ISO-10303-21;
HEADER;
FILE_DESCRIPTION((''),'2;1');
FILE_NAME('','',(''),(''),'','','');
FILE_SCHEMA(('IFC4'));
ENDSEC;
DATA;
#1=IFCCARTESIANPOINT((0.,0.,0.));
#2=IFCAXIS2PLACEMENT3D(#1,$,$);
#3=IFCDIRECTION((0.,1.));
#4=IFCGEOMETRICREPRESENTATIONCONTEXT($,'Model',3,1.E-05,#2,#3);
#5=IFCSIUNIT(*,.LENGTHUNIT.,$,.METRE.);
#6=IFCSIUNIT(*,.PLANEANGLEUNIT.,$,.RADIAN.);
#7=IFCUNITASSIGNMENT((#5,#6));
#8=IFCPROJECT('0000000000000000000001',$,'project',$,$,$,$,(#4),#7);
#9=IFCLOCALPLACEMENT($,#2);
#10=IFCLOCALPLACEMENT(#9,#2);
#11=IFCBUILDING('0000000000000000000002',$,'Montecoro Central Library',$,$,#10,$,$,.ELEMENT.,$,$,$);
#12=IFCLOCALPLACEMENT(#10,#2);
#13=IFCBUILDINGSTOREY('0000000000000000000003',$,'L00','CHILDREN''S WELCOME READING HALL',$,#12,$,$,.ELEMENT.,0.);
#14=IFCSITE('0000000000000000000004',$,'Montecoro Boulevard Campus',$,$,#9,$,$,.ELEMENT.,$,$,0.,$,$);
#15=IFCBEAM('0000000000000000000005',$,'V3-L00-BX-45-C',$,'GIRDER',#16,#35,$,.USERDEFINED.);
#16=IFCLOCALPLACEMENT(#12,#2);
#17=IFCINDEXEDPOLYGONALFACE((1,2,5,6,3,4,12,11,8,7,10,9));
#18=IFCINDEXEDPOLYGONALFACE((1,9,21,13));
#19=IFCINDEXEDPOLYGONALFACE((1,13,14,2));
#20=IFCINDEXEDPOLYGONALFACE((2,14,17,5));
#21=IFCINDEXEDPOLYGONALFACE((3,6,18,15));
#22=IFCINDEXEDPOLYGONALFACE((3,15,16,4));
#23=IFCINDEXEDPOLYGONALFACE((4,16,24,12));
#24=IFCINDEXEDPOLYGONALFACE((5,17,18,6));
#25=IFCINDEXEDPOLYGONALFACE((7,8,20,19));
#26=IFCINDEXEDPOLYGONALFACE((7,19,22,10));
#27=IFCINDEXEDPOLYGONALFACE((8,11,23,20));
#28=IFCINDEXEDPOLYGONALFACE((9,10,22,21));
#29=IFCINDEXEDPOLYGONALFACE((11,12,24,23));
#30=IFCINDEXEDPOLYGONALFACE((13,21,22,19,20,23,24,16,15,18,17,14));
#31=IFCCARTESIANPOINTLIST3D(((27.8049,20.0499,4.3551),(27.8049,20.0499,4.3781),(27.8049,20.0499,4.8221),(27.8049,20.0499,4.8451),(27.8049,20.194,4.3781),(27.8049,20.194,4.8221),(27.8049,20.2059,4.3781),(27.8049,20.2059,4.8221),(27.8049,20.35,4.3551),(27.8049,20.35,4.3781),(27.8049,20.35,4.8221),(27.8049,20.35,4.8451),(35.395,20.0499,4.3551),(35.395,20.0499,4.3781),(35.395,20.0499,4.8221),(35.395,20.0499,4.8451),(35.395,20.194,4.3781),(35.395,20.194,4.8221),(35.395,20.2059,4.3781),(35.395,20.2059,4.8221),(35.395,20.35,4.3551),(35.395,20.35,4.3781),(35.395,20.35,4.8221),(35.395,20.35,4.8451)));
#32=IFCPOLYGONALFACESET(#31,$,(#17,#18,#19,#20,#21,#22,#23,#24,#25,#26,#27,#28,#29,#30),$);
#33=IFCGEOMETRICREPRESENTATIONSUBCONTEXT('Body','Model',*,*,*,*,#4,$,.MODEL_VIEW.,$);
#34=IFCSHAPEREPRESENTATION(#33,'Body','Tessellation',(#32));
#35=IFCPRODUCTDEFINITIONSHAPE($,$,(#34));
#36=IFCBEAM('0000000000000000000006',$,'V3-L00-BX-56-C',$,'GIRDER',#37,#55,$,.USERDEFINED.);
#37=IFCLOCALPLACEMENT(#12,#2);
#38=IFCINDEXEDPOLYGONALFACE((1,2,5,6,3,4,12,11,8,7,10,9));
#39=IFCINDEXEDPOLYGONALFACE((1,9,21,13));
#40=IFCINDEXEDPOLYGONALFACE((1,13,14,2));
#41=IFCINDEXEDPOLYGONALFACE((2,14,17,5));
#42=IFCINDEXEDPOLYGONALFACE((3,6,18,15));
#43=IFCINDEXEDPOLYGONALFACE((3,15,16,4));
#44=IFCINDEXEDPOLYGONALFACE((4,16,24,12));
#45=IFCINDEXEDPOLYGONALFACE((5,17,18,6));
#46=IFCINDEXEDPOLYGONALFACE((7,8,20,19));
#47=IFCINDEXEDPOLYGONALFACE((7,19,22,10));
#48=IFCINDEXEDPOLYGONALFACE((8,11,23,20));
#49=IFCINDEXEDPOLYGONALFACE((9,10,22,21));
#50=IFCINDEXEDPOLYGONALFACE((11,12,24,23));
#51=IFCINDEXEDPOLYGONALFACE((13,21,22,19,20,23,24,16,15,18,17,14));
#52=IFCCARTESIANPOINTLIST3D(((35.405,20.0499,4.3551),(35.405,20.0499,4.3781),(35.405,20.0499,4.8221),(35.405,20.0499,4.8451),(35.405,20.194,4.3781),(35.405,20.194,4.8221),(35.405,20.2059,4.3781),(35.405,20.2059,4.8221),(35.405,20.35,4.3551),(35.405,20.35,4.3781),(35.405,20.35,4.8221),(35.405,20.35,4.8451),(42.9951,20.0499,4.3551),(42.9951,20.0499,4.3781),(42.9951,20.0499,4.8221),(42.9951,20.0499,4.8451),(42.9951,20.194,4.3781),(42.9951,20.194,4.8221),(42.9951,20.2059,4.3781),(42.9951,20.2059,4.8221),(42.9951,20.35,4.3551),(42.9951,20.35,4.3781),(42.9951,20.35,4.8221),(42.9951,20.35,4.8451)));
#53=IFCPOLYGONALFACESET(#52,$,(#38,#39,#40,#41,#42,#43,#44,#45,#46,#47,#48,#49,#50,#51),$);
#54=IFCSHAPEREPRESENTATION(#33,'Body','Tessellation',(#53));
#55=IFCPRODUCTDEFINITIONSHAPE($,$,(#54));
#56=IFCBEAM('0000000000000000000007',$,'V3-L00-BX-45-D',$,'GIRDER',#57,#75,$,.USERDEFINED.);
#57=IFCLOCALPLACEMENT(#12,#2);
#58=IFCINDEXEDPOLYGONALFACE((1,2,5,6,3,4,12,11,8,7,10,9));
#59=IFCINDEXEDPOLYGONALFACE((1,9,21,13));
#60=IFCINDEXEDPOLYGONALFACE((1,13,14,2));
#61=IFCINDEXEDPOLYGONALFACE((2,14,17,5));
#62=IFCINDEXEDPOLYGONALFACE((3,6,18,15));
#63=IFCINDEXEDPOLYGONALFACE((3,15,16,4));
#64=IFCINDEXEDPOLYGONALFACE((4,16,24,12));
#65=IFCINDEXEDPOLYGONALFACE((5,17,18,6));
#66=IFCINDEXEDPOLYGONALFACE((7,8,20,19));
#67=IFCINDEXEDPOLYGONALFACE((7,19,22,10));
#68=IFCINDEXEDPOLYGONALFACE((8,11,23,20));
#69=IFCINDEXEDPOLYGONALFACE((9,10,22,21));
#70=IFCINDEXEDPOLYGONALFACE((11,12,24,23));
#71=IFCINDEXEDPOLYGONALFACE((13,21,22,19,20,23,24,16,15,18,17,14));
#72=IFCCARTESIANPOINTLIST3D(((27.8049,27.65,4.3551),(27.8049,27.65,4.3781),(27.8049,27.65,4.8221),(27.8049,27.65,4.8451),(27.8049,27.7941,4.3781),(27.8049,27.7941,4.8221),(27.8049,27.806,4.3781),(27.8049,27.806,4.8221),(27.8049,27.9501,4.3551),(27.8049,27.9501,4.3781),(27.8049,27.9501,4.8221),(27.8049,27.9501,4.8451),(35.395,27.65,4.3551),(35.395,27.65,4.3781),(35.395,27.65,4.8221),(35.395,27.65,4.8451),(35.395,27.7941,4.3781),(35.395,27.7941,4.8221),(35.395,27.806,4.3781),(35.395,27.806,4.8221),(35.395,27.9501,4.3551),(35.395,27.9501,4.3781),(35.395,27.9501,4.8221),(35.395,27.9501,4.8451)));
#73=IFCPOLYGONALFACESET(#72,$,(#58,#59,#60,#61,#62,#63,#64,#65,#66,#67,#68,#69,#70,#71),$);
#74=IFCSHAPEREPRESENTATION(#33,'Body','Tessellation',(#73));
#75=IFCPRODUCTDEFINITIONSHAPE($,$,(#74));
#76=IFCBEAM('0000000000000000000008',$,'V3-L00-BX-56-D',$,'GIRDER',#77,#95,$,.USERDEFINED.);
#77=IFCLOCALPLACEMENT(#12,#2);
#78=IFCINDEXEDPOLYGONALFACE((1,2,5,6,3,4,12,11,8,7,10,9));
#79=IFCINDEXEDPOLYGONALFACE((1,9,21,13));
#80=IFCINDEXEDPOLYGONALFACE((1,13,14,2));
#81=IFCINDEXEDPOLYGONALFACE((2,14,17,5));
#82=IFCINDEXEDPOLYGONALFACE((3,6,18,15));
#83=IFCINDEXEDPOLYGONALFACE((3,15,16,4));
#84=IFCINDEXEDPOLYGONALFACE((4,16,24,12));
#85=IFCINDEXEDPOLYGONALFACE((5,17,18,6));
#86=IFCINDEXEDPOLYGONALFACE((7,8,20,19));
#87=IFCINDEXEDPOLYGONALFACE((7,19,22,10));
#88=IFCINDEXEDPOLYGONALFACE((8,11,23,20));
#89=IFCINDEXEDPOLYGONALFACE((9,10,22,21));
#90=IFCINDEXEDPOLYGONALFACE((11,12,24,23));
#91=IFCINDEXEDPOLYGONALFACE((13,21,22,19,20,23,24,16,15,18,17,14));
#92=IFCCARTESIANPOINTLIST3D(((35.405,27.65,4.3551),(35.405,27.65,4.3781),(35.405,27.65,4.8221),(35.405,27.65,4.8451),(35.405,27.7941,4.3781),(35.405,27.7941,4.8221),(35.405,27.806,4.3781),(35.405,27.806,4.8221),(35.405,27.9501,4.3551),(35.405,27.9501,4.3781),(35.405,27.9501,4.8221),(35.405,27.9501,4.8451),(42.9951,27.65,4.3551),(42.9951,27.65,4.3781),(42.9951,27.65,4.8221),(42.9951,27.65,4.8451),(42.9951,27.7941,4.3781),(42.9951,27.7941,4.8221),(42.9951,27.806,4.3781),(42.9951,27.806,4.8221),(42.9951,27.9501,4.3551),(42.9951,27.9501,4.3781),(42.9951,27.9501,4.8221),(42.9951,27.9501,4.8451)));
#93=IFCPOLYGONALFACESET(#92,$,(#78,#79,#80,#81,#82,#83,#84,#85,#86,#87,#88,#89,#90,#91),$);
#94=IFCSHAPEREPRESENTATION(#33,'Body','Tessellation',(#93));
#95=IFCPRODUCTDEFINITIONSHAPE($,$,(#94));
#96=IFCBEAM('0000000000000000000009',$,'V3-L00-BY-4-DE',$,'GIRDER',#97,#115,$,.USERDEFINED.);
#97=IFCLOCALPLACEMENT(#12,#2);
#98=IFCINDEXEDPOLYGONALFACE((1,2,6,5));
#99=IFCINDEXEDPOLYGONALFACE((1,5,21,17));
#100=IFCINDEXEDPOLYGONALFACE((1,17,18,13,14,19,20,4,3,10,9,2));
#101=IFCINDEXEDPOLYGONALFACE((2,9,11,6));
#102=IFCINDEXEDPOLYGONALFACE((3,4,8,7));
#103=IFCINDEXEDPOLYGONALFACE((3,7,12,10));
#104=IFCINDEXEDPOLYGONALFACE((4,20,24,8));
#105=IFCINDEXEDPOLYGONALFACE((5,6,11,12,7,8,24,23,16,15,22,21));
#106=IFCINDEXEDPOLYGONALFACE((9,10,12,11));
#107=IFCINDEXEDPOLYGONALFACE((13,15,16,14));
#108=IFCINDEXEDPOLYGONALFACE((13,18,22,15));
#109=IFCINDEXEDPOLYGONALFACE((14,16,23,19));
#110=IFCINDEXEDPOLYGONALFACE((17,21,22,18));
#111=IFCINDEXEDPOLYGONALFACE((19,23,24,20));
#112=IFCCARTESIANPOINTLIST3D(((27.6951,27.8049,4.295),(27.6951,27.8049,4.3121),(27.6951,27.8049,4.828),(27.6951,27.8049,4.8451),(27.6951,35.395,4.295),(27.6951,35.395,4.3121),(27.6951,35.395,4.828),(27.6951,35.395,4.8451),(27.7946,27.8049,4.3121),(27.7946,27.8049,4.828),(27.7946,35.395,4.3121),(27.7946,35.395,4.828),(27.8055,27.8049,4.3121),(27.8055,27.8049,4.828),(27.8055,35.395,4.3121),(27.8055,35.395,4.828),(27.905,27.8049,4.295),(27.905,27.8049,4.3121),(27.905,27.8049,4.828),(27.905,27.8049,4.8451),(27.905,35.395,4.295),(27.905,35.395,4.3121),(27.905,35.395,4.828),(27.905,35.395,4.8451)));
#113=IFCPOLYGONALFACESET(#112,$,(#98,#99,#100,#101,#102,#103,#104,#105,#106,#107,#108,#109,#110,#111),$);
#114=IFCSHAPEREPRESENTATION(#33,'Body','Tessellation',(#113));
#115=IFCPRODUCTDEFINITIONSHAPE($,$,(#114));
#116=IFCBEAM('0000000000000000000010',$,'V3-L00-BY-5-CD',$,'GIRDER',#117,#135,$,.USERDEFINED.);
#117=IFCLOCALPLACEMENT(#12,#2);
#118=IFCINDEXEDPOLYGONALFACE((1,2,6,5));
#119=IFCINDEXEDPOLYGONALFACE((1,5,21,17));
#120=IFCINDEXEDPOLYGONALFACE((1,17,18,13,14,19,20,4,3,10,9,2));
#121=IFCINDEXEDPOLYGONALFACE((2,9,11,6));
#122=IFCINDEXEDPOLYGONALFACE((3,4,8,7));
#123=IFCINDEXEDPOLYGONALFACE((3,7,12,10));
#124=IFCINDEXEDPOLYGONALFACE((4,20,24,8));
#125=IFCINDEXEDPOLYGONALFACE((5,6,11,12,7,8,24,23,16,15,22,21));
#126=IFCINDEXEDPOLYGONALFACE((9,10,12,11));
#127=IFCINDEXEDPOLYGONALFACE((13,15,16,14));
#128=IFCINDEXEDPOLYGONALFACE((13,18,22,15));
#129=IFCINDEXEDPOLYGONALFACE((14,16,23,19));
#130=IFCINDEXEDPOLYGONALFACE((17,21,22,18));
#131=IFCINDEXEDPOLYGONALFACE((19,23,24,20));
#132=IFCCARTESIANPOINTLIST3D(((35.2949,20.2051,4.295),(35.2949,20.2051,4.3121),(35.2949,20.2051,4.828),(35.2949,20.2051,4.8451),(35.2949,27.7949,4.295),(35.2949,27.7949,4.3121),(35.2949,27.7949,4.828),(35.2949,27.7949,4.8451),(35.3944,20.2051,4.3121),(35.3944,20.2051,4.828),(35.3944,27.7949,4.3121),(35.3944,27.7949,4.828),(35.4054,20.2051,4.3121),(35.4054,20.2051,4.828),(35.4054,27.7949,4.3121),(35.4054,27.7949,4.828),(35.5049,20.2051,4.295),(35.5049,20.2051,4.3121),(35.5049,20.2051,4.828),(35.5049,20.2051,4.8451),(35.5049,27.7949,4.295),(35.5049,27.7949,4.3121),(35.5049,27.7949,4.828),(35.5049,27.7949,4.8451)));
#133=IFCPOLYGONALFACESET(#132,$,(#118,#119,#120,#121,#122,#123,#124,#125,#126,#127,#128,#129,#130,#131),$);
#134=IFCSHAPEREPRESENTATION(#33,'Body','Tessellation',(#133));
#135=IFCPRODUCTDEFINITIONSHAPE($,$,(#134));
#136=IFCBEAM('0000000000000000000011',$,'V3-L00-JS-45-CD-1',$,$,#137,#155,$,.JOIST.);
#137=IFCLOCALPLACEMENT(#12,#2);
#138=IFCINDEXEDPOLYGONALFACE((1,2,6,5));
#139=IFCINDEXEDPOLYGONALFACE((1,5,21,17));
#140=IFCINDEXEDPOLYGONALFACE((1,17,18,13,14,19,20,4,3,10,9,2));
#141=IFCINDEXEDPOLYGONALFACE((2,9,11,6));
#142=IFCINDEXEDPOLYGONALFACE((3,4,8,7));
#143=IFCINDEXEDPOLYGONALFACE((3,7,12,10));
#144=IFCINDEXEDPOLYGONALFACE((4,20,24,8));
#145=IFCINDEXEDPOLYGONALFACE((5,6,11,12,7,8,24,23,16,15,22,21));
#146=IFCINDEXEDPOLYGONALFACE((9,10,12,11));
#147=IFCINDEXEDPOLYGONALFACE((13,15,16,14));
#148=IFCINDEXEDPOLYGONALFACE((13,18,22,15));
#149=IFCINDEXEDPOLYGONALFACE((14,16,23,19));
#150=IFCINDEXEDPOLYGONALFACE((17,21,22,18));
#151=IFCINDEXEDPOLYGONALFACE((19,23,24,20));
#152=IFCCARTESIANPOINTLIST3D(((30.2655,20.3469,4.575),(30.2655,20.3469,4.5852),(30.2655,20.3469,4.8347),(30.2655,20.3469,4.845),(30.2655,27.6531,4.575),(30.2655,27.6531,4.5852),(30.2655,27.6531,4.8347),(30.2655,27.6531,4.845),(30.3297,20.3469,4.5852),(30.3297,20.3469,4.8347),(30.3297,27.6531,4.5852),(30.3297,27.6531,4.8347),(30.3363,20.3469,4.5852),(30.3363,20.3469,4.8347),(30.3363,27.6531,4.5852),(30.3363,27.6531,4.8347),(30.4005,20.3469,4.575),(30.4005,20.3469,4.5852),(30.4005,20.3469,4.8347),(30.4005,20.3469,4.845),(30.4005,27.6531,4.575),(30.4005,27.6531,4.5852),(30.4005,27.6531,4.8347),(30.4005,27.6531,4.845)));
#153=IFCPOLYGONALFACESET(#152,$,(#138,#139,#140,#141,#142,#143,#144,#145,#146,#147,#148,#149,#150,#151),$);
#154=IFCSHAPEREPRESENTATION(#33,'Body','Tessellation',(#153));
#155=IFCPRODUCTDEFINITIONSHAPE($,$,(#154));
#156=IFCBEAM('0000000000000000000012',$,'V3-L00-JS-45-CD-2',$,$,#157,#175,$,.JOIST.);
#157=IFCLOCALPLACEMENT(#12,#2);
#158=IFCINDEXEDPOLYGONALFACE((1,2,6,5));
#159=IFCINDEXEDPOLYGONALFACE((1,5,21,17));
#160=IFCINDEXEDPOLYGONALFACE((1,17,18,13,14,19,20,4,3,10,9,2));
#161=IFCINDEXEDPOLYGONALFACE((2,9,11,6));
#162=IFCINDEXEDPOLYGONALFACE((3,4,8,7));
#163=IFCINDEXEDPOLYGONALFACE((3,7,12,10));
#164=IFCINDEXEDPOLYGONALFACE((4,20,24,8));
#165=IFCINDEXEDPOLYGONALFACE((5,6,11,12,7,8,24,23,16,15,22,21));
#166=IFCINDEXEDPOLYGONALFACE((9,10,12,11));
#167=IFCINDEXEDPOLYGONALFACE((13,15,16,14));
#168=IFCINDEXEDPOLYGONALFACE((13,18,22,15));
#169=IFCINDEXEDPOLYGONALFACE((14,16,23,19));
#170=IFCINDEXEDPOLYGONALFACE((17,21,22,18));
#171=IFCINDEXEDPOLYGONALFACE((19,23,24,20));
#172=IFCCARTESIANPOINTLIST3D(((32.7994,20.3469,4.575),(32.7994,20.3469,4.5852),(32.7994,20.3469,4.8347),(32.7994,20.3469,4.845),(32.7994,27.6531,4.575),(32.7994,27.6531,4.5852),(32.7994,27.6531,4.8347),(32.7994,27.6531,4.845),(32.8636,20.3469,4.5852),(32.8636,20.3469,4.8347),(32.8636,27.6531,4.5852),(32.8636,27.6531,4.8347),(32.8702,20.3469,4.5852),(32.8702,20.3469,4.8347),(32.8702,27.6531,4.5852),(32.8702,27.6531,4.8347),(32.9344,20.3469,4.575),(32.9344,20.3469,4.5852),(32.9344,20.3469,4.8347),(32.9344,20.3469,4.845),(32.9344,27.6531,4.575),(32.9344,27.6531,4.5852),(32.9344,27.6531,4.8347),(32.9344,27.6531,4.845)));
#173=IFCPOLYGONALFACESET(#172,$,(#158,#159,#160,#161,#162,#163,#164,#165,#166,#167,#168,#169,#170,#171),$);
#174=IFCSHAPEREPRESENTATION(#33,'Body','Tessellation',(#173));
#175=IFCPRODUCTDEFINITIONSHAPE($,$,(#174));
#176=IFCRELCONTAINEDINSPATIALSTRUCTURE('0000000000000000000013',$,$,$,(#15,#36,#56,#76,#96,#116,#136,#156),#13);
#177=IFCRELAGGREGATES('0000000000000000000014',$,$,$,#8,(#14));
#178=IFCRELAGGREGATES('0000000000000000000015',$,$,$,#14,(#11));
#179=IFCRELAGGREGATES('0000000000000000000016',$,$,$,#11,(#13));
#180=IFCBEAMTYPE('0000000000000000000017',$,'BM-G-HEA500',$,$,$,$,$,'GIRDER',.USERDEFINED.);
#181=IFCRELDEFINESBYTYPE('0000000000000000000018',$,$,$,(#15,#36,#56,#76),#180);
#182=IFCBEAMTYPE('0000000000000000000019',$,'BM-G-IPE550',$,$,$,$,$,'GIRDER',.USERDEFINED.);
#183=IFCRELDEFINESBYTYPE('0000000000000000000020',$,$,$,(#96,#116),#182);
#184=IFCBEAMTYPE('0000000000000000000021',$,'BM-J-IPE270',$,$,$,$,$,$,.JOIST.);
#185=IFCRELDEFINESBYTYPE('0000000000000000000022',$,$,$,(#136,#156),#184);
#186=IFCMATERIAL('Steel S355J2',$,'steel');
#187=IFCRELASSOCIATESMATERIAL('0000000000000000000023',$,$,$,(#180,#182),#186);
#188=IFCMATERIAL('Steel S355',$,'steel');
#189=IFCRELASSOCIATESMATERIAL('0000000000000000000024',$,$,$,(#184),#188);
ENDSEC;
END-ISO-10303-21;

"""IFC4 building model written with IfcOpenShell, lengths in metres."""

from ifc_helpers import new_model, si_unit, direction, frame, origin, origin_2d, place, context, subcontext, project, spatial, i_section, extrude, material, material_profile, profile_set, type_object, element, save


model = new_model("IFC4")

# Units and contexts
model_context = context("Model", 3, precision=1e-05, world=origin(), true_north=direction((0.0, 1.0)))
body_context = subcontext(model_context, "Body", "Model", "MODEL_VIEW")
ifc_project = project(units=[si_unit("LENGTHUNIT", "METRE"), si_unit("PLANEANGLEUNIT", "RADIAN")], contexts=[model_context])

# Site, building, storey
site_placement = place(None, origin())
site = spatial("IfcSite", under=ifc_project, at=site_placement, Name="Montecoro Boulevard Campus", CompositionType="ELEMENT", RefElevation=0.0)
building_placement = place(site_placement, origin())
building = spatial("IfcBuilding", under=site, at=building_placement, Name="Montecoro Central Library", CompositionType="ELEMENT")
storey_placement = place(building_placement, origin())
storey = spatial("IfcBuildingStorey", under=building, at=storey_placement, Name="L00", Description="CHILDREN'S WELCOME READING HALL", CompositionType="ELEMENT", Elevation=0.0)

# Shared definitions
ifc_material_1 = material(Name="Steel S355", Category="steel")

# Beams
ifc_material_2 = material(Name="Steel S355J2", Category="steel")
ifc_material_profile_1 = material_profile(ifc_material_2, i_section(OverallWidth=0.3, OverallDepth=0.49, WebThickness=0.012, FlangeThickness=0.0229, at=origin_2d()), Name="HEA 500")
ifc_profile_set_1 = profile_set([ifc_material_profile_1], Name="Steel S355J2")
beam_type_1 = type_object("IfcBeamType", Name="BM-G-HEA500", ElementType="GIRDER", PredefinedType="USERDEFINED", material=ifc_profile_set_1)
for number, where, z_axis, x_axis, name in (
    (1, (27.8049, 20.2, 4.6001), (1.0, 0.0, 0.0), (0.0, 1.0, 0.0), "V3-L00-BX-45-C"),
    (2, (35.405, 20.2, 4.6001), (1.0, 0.0, 0.0), (0.0, 1.0, 0.0), "V3-L00-BX-56-C"),
    (3, (27.8049, 27.8, 4.6001), (1.0, 0.0, 0.0), (0.0, 1.0, 0.0), "V3-L00-BX-45-D"),
    (4, (35.405, 27.8, 4.6001), (1.0, 0.0, 0.0), (0.0, 1.0, 0.0), "V3-L00-BX-56-D"),
):
    element("IfcBeam", number, at=place(storey_placement, frame(where, z_axis=z_axis, x_axis=x_axis)), inside=storey, type_object=beam_type_1, Name=name, ObjectType="GIRDER", PredefinedType="USERDEFINED", context=body_context, shape_type="SweptSolid", body=[
        extrude(i_section(OverallWidth=0.3, OverallDepth=0.49, WebThickness=0.012, FlangeThickness=0.0229, at=origin_2d()), origin(), (0.0, 0.0, 1.0), 7.5901),
    ])
ifc_material_profile_2 = material_profile(ifc_material_2, i_section(OverallWidth=0.21, OverallDepth=0.55, WebThickness=0.011, FlangeThickness=0.0171, at=origin_2d()), Name="IPE 550")
ifc_profile_set_2 = profile_set([ifc_material_profile_2], Name="Steel S355J2")
beam_type_2 = type_object("IfcBeamType", Name="BM-G-IPE550", ElementType="GIRDER", PredefinedType="USERDEFINED", material=ifc_profile_set_2)
beam_1_placement = place(storey_placement, frame((27.8, 27.8049, 4.5701), z_axis=(0.0, 1.0, 0.0), x_axis=(-1.0, 0.0, 0.0)))
element("IfcBeam", 5, at=beam_1_placement, inside=storey, type_object=beam_type_2, Name="V3-L00-BY-4-DE", ObjectType="GIRDER", PredefinedType="USERDEFINED", context=body_context, shape_type="SweptSolid", body=[
    extrude(i_section(OverallWidth=0.21, OverallDepth=0.55, WebThickness=0.011, FlangeThickness=0.0171, at=origin_2d()), origin(), (0.0, 0.0, 1.0), 7.5901),
])
beam_2_placement = place(storey_placement, frame((35.3999, 20.2051, 4.5701), z_axis=(0.0, 1.0, 0.0), x_axis=(-1.0, 0.0, 0.0)))
element("IfcBeam", 6, at=beam_2_placement, inside=storey, type_object=beam_type_2, Name="V3-L00-BY-5-CD", ObjectType="GIRDER", PredefinedType="USERDEFINED", context=body_context, shape_type="SweptSolid", body=[
    extrude(i_section(OverallWidth=0.21, OverallDepth=0.55, WebThickness=0.011, FlangeThickness=0.0171, at=origin_2d()), origin(), (0.0, 0.0, 1.0), 7.5898),
])
ifc_material_profile_3 = material_profile(ifc_material_1, i_section(OverallWidth=0.135, OverallDepth=0.27, WebThickness=0.0066, FlangeThickness=0.0103, at=origin_2d()), Name="IPE 270")
ifc_profile_set_3 = profile_set([ifc_material_profile_3], Name="Steel S355")
beam_type_3 = type_object("IfcBeamType", Name="BM-J-IPE270", PredefinedType="JOIST", material=ifc_profile_set_3)
for number, where, z_axis, x_axis, name in (
    (7, (30.333, 20.3469, 4.71), (0.0, 1.0, 0.0), (-1.0, 0.0, 0.0), "V3-L00-JS-45-CD-1"),
    (8, (32.8669, 20.3469, 4.71), (0.0, 1.0, 0.0), (-1.0, 0.0, 0.0), "V3-L00-JS-45-CD-2"),
):
    element("IfcBeam", number, at=place(storey_placement, frame(where, z_axis=z_axis, x_axis=x_axis)), inside=storey, type_object=beam_type_3, Name=name, PredefinedType="JOIST", context=body_context, shape_type="SweptSolid", body=[
        extrude(i_section(OverallWidth=0.135, OverallDepth=0.27, WebThickness=0.0066, FlangeThickness=0.0103, at=origin_2d()), origin(), (0.0, 0.0, 1.0), 7.3062),
    ])

save(model, "model.ifc")
